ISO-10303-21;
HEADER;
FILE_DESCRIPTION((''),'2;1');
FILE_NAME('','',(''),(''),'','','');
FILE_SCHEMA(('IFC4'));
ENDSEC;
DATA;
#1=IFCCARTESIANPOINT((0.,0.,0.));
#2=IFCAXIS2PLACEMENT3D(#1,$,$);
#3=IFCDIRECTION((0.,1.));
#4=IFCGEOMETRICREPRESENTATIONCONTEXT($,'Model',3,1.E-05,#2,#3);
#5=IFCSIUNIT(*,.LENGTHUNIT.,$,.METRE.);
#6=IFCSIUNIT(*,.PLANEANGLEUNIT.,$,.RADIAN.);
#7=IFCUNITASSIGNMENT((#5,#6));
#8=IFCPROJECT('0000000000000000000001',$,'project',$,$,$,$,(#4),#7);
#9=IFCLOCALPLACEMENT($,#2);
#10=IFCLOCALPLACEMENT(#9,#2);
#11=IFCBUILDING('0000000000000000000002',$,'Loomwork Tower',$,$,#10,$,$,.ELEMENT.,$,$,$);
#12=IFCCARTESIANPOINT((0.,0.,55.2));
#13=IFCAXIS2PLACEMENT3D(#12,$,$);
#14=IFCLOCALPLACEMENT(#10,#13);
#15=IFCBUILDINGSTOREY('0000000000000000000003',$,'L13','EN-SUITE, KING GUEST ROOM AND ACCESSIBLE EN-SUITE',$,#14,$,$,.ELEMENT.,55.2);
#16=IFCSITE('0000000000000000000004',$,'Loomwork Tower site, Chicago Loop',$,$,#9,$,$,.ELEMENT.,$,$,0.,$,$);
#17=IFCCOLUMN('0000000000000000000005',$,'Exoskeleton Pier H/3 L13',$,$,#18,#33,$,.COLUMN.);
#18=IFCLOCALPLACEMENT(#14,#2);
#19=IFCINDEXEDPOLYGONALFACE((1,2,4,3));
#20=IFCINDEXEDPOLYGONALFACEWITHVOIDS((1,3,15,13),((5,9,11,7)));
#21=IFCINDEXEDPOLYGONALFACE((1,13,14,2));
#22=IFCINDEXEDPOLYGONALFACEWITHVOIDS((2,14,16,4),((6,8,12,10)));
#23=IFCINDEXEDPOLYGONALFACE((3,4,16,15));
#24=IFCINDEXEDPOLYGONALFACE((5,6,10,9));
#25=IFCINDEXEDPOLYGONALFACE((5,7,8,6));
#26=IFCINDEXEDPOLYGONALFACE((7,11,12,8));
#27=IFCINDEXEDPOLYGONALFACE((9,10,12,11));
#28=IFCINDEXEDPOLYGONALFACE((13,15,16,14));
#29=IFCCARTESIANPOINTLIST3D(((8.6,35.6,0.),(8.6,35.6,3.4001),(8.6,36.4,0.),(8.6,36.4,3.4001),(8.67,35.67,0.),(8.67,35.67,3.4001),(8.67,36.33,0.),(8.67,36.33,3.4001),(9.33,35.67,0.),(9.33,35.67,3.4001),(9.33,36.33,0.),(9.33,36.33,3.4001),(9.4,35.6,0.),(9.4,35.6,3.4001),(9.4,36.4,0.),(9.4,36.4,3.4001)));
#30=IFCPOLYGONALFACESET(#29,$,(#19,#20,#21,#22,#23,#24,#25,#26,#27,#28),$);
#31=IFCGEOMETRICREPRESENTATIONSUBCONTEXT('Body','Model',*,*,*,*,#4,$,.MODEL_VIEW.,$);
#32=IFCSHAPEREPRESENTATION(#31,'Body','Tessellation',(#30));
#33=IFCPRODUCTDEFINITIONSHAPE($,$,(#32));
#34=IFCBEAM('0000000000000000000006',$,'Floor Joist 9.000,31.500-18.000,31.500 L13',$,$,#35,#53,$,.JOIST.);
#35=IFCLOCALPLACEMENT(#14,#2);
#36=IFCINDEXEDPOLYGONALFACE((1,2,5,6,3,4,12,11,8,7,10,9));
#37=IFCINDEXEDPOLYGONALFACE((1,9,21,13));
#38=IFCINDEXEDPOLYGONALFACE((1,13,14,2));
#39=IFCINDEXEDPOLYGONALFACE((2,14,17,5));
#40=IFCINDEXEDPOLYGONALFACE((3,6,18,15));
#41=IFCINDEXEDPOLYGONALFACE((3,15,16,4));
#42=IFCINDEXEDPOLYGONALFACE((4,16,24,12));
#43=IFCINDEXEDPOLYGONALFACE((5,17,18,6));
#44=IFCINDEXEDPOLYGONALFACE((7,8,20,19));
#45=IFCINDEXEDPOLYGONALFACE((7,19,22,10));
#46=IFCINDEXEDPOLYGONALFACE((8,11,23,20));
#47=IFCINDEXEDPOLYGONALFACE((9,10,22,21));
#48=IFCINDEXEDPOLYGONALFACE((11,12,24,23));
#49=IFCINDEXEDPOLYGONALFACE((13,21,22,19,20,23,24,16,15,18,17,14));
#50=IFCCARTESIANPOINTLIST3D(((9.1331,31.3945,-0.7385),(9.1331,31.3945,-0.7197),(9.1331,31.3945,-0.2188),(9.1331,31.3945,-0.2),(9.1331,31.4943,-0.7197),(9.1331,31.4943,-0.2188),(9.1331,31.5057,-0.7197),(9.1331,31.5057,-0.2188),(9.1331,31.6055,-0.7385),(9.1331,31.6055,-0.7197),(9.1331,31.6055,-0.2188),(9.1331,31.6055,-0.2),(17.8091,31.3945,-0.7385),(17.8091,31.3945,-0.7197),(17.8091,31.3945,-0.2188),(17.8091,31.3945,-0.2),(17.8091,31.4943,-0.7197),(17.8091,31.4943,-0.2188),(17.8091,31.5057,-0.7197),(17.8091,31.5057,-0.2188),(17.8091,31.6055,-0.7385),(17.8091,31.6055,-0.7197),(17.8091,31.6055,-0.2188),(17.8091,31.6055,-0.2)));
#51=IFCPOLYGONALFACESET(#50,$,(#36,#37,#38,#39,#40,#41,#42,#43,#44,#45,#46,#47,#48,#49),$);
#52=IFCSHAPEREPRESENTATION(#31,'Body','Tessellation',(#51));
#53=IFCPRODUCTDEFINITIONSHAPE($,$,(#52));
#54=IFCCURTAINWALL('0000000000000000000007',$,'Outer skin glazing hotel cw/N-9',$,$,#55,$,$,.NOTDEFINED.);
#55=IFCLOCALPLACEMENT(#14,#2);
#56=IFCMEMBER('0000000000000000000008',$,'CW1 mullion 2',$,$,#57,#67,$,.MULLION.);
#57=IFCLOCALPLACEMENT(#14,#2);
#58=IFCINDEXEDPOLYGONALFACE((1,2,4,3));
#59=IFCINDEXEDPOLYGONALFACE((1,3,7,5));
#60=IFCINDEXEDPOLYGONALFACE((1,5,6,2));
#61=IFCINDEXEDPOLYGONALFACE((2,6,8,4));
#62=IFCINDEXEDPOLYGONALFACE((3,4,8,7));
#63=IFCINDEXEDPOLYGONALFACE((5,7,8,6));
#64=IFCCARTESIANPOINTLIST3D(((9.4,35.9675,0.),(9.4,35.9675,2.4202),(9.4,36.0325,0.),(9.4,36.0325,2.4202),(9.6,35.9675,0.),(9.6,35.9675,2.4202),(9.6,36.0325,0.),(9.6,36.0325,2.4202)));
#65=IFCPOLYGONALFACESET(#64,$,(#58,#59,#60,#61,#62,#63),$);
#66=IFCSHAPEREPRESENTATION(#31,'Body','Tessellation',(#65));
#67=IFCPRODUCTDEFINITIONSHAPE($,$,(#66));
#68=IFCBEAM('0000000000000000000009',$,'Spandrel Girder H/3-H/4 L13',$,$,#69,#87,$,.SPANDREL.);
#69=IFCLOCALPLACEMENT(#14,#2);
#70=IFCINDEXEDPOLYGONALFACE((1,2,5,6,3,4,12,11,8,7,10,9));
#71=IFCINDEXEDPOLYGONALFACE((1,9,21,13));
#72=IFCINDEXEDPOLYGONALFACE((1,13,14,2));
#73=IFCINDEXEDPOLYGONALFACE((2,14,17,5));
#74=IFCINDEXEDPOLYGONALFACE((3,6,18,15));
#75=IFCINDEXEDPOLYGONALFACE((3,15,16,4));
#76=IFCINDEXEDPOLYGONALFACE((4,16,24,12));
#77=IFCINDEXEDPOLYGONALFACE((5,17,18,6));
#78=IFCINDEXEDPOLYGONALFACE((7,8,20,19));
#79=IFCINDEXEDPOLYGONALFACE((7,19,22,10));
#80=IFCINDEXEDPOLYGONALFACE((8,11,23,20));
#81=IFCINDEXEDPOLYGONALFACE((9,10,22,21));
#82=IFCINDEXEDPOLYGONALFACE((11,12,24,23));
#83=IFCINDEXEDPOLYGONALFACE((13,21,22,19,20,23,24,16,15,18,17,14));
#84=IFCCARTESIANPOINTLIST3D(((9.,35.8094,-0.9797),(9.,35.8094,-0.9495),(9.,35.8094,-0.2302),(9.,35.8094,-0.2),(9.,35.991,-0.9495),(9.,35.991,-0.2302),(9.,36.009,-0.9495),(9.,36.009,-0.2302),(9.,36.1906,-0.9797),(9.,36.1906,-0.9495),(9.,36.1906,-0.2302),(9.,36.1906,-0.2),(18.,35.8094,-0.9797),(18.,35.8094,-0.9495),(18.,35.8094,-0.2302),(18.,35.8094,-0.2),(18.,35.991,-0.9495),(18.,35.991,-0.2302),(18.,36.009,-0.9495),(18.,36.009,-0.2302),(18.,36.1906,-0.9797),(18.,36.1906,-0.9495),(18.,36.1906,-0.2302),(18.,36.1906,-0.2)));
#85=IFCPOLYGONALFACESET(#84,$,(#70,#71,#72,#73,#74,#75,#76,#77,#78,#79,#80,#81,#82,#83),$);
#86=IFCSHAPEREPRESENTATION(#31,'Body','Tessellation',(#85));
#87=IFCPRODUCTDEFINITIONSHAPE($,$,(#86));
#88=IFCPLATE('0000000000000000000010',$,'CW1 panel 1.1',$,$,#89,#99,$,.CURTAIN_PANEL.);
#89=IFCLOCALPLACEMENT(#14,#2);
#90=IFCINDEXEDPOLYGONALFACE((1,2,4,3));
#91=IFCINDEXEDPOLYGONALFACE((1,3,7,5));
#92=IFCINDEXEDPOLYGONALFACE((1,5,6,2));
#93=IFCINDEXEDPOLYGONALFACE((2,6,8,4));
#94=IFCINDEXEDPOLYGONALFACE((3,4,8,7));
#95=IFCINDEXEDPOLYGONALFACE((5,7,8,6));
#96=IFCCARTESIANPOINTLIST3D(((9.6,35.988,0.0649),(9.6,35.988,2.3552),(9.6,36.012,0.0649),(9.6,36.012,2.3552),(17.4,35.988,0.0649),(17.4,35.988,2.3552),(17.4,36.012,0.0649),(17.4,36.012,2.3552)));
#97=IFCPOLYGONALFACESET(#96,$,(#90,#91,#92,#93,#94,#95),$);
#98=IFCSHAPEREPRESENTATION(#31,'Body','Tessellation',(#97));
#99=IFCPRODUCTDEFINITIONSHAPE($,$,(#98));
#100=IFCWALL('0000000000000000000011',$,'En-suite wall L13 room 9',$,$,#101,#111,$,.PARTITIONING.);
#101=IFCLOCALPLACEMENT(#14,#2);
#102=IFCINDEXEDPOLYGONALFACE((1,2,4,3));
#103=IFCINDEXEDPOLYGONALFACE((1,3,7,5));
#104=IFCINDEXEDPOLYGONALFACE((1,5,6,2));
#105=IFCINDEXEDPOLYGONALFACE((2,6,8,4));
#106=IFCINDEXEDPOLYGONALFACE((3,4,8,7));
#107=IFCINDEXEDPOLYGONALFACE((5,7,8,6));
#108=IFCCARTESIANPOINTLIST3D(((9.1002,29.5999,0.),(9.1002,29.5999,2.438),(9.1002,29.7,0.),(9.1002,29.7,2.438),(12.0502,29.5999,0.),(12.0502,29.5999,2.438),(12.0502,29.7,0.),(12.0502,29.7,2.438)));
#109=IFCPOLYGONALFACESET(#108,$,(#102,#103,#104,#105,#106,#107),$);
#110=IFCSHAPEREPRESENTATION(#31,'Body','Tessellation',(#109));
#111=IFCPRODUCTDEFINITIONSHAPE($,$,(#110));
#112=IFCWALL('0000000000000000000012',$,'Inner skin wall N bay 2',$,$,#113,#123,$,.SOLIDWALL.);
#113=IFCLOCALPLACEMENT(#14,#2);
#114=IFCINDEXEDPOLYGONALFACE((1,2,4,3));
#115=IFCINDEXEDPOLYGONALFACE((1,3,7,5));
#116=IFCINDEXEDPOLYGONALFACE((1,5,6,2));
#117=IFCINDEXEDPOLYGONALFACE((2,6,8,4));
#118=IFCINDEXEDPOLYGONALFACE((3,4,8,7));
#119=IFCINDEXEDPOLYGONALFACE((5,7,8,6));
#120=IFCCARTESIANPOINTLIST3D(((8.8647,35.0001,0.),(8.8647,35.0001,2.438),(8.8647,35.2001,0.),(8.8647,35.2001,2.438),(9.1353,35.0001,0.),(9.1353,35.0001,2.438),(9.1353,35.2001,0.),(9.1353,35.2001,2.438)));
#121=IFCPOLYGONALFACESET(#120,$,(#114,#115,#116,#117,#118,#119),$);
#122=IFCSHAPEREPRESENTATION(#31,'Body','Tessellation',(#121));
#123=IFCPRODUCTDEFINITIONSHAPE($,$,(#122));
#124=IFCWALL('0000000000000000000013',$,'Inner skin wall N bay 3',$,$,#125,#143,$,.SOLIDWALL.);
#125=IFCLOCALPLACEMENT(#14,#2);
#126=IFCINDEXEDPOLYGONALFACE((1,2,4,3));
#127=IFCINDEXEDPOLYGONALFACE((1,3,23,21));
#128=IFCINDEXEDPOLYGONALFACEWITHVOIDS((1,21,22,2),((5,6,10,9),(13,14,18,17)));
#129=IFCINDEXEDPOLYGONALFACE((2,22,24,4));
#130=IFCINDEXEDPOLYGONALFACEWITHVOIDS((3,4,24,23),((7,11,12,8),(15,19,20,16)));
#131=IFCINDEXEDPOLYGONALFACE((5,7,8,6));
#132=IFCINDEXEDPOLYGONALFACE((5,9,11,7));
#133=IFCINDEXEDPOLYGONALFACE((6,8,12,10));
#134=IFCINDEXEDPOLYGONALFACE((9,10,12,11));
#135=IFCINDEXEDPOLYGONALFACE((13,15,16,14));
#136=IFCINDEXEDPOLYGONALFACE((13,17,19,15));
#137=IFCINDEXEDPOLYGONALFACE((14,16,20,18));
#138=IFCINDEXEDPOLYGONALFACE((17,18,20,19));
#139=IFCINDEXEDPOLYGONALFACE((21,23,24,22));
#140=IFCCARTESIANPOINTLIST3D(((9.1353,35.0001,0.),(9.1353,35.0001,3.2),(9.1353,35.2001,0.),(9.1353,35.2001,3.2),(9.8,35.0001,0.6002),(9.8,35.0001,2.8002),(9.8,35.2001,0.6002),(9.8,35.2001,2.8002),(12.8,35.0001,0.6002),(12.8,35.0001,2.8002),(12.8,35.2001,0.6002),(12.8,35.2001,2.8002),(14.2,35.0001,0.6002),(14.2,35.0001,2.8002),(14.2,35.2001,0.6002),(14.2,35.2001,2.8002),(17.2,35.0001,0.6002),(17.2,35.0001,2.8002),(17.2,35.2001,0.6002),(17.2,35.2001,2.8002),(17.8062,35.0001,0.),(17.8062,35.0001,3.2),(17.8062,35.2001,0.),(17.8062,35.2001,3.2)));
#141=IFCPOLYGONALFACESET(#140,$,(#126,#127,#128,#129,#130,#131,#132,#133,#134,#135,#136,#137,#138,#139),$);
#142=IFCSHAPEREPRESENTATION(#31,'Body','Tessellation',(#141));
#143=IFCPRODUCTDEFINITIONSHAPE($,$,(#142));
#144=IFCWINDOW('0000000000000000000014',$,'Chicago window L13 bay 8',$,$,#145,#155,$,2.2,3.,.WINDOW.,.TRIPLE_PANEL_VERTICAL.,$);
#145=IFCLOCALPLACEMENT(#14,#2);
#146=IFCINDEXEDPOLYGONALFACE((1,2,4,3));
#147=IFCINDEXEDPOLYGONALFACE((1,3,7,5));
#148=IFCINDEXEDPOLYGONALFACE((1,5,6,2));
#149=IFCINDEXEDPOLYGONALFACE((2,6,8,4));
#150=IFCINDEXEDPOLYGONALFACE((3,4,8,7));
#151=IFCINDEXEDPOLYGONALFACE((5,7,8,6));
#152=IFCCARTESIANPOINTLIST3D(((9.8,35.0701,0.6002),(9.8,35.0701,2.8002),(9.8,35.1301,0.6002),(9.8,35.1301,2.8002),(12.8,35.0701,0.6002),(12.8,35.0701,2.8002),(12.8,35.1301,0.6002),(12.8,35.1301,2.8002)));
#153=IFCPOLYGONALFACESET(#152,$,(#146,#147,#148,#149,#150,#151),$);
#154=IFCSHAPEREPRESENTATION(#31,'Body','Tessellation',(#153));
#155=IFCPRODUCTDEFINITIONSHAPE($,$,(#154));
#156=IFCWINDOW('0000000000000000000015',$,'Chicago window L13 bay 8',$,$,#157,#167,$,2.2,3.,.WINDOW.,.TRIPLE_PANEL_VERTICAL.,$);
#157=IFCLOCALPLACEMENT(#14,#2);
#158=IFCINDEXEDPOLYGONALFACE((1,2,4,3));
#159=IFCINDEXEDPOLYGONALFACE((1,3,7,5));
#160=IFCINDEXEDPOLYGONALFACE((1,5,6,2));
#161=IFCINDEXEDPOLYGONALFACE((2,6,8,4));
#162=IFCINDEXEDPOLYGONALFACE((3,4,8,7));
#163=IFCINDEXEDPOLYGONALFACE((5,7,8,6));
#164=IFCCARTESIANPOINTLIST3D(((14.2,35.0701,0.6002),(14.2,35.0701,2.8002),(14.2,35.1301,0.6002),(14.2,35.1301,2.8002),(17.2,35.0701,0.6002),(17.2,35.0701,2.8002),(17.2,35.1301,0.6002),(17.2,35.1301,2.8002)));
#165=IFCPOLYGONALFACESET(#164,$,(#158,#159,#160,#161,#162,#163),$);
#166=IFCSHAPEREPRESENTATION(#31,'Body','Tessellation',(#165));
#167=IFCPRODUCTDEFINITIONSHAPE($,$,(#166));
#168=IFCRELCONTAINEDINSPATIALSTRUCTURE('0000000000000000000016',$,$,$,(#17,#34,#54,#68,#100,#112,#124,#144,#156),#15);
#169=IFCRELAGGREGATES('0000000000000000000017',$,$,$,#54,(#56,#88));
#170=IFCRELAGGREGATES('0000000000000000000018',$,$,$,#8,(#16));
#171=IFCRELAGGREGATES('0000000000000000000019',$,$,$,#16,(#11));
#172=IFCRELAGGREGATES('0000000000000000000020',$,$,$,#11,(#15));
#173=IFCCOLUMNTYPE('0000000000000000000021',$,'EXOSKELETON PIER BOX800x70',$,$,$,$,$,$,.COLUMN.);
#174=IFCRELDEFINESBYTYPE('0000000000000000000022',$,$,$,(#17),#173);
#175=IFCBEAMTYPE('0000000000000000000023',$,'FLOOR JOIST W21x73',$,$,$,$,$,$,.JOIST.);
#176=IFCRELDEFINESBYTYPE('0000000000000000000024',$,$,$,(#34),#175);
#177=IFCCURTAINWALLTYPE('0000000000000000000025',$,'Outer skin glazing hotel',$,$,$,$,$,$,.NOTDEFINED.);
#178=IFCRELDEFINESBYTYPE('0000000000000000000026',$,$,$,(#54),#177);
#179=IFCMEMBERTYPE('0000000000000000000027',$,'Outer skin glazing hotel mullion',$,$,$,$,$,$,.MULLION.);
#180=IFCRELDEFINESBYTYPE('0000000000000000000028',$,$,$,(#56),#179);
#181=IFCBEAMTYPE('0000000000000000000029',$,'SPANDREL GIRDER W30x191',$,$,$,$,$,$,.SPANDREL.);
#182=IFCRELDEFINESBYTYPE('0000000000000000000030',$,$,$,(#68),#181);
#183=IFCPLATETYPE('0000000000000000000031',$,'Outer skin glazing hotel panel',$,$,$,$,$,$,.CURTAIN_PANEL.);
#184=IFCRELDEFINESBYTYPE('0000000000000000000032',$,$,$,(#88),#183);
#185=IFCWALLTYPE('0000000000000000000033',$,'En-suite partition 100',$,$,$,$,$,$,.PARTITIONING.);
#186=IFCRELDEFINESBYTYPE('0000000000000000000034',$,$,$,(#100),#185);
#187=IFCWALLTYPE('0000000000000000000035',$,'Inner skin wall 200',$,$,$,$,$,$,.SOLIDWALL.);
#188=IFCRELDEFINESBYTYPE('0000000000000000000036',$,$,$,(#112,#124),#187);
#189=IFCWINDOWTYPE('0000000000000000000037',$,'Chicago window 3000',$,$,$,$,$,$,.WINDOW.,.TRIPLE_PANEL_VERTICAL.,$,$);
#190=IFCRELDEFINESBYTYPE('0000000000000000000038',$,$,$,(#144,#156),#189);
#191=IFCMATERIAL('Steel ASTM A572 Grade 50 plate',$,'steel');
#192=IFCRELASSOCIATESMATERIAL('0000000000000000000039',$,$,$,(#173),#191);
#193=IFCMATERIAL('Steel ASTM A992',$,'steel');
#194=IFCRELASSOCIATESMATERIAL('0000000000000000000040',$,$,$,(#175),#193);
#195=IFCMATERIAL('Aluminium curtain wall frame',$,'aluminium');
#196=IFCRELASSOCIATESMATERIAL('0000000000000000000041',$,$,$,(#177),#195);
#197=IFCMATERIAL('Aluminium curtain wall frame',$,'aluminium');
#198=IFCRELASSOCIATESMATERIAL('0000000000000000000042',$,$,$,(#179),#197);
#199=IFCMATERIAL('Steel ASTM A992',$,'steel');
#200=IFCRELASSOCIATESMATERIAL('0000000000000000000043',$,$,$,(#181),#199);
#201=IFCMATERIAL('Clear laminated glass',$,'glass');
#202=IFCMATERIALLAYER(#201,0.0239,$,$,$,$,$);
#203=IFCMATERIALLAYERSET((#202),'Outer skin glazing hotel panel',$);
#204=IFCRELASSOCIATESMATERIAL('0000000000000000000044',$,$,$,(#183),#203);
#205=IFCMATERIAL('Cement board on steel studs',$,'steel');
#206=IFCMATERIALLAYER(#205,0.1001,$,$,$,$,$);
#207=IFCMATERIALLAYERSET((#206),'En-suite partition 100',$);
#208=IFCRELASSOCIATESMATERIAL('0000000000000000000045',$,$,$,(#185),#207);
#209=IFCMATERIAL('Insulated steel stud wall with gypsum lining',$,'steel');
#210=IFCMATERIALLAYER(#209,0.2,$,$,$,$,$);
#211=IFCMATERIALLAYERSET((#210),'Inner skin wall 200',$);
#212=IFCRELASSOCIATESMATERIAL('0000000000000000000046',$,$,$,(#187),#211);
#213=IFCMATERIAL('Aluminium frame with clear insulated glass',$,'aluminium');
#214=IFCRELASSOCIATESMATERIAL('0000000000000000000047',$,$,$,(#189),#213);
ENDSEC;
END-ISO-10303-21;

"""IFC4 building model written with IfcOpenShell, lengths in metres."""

from ifc_helpers import new_model, si_unit, direction, frame, frame_2d, origin, origin_2d, place, context, subcontext, project, spatial, rectangle, hollow_rectangle, i_section, extrude, material, layer, layer_set, material_profile, profile_set, type_object, element, fill, aggregate, save


model = new_model("IFC4")

# Units and contexts
model_context = context("Model", 3, precision=1e-05, world=origin(), true_north=direction((0.0, 1.0)))
body_context = subcontext(model_context, "Body", "Model", "MODEL_VIEW")
ifc_project = project(units=[si_unit("LENGTHUNIT", "METRE"), si_unit("PLANEANGLEUNIT", "RADIAN")], contexts=[model_context])

# Site, building, storey
site_placement = place(None, origin())
site = spatial("IfcSite", under=ifc_project, at=site_placement, Name="Loomwork Tower site, Chicago Loop", CompositionType="ELEMENT", RefElevation=0.0)
building_placement = place(site_placement, origin())
building = spatial("IfcBuilding", under=site, at=building_placement, Name="Loomwork Tower", CompositionType="ELEMENT")
storey_placement = place(building_placement, frame((0.0, 0.0, 55.2)))
storey = spatial("IfcBuildingStorey", under=building, at=storey_placement, Name="L13", Description="EN-SUITE, KING GUEST ROOM AND ACCESSIBLE EN-SUITE", CompositionType="ELEMENT", Elevation=55.2)

# Column
ifc_material_1 = material(Name="Steel ASTM A572 Grade 50 plate", Category="steel")
ifc_material_profile_1 = material_profile(ifc_material_1, hollow_rectangle(XDim=0.8, YDim=0.8, WallThickness=0.0701, at=origin_2d()), Name="BOX800x70")
ifc_profile_set_1 = profile_set([ifc_material_profile_1], Name="Steel ASTM A572 Grade 50 plate")
column_type = type_object("IfcColumnType", Name="EXOSKELETON PIER BOX800x70", PredefinedType="COLUMN", material=ifc_profile_set_1)
column_placement = place(storey_placement, frame((9.0, 36.0, 0.0), z_axis=(0.0, 0.0, 1.0), x_axis=(1.0, 0.0, 0.0)))
element("IfcColumn", 1, at=column_placement, inside=storey, type_object=column_type, Name="Exoskeleton Pier H/3 L13", PredefinedType="COLUMN", context=body_context, shape_type="SweptSolid", body=[
    extrude(hollow_rectangle(XDim=0.8, YDim=0.8, WallThickness=0.0701, at=origin_2d()), origin(), (0.0, 0.0, 1.0), 3.4001),
])

# Beam
ifc_material_2 = material(Name="Steel ASTM A992", Category="steel")
ifc_material_profile_2 = material_profile(ifc_material_2, i_section(OverallWidth=0.2109, OverallDepth=0.5386, WebThickness=0.0115, FlangeThickness=0.0188, at=origin_2d()), Name="W21x73")
ifc_profile_set_2 = profile_set([ifc_material_profile_2], Name="Steel ASTM A992")
beam_type_1 = type_object("IfcBeamType", Name="FLOOR JOIST W21x73", PredefinedType="JOIST", material=ifc_profile_set_2)
beam_1_placement = place(storey_placement, frame((9.1331, 31.5, -0.4692), z_axis=(1.0, 0.0, 0.0), x_axis=(0.0, 1.0, 0.0)))
element("IfcBeam", 2, at=beam_1_placement, inside=storey, type_object=beam_type_1, Name="Floor Joist 9.000,31.500-18.000,31.500 L13", PredefinedType="JOIST", context=body_context, shape_type="SweptSolid", body=[
    extrude(i_section(OverallWidth=0.2109, OverallDepth=0.5386, WebThickness=0.0115, FlangeThickness=0.0188, at=origin_2d()), origin(), (0.0, 0.0, 1.0), 8.676),
])

# Curtain wall, member
ifc_material_3 = material(Name="Aluminium curtain wall frame", Category="aluminium")
curtain_wall_type = type_object("IfcCurtainWallType", Name="Outer skin glazing hotel", PredefinedType="NOTDEFINED", material=ifc_material_3)
curtain_wall_placement = place(storey_placement, origin())
curtain_wall = element("IfcCurtainWall", 3, at=curtain_wall_placement, inside=storey, type_object=curtain_wall_type, Name="Outer skin glazing hotel cw/N-9", PredefinedType="NOTDEFINED")
ifc_material_4 = material(Name="Aluminium curtain wall frame", Category="aluminium")
ifc_material_profile_3 = material_profile(ifc_material_4, rectangle(XDim=0.0649, YDim=0.2, at=origin_2d()), Name="AL 65x200")
ifc_profile_set_3 = profile_set([ifc_material_profile_3], Name="Aluminium curtain wall frame")
member_type = type_object("IfcMemberType", Name="Outer skin glazing hotel mullion", PredefinedType="MULLION", material=ifc_profile_set_3)
member_placement = place(storey_placement, frame((9.5, 36.0, 0.0), z_axis=(0.0, 0.0, 1.0), x_axis=(0.0, -1.0, 0.0)))
member = element("IfcMember", 4, at=member_placement, type_object=member_type, Name="CW1 mullion 2", PredefinedType="MULLION", context=body_context, shape_type="SweptSolid", body=[
    extrude(rectangle(XDim=0.0649, YDim=0.2, at=origin_2d()), origin(), (0.0, 0.0, 1.0), 2.4202),
])

# Beam
ifc_material_5 = material(Name="Steel ASTM A992", Category="steel")
ifc_material_profile_4 = material_profile(ifc_material_5, i_section(OverallWidth=0.3811, OverallDepth=0.7798, WebThickness=0.0181, FlangeThickness=0.0303, at=origin_2d()), Name="W30x191")
ifc_profile_set_4 = profile_set([ifc_material_profile_4], Name="Steel ASTM A992")
beam_type_2 = type_object("IfcBeamType", Name="SPANDREL GIRDER W30x191", PredefinedType="SPANDREL", material=ifc_profile_set_4)
beam_2_placement = place(storey_placement, frame((9.0, 36.0, -0.5898), z_axis=(1.0, 0.0, 0.0), x_axis=(0.0, 1.0, 0.0)))
element("IfcBeam", 5, at=beam_2_placement, inside=storey, type_object=beam_type_2, Name="Spandrel Girder H/3-H/4 L13", PredefinedType="SPANDREL", context=body_context, shape_type="SweptSolid", body=[
    extrude(i_section(OverallWidth=0.3811, OverallDepth=0.7798, WebThickness=0.0181, FlangeThickness=0.0303, at=origin_2d()), origin(), (0.0, 0.0, 1.0), 9.0),
])

# Plate
ifc_material_6 = material(Name="Clear laminated glass", Category="glass")
ifc_layer_1 = layer(ifc_material_6, 0.0239)
ifc_layer_set_1 = layer_set([ifc_layer_1], Name="Outer skin glazing hotel panel")
plate_type = type_object("IfcPlateType", Name="Outer skin glazing hotel panel", PredefinedType="CURTAIN_PANEL", material=ifc_layer_set_1)
plate_placement = place(storey_placement, frame((13.5, 36.0, 0.0649), z_axis=(0.0, 0.0, 1.0), x_axis=(-1.0, 0.0, 0.0)))
plate = element("IfcPlate", 6, at=plate_placement, type_object=plate_type, Name="CW1 panel 1.1", PredefinedType="CURTAIN_PANEL", context=body_context, shape_type="SweptSolid", body=[
    extrude(rectangle(XDim=7.8, YDim=0.0239, at=origin_2d()), origin(), (0.0, 0.0, 1.0), 2.2903),
])
aggregate(curtain_wall, [member, plate])

# Walls
ifc_material_7 = material(Name="Cement board on steel studs", Category="steel")
ifc_layer_2 = layer(ifc_material_7, 0.1001)
ifc_layer_set_2 = layer_set([ifc_layer_2], Name="En-suite partition 100")
wall_type_1 = type_object("IfcWallType", Name="En-suite partition 100", PredefinedType="PARTITIONING", material=ifc_layer_set_2)
wall_1_placement = place(storey_placement, frame((9.1001, 29.6499, 0.0), z_axis=(0.0, 0.0, 1.0), x_axis=(1.0, 0.0, 0.0)))
element("IfcWall", 7, at=wall_1_placement, inside=storey, type_object=wall_type_1, Name="En-suite wall L13 room 9", PredefinedType="PARTITIONING", context=body_context, shape_type="SweptSolid", body=[
    extrude(rectangle(XDim=2.95, YDim=0.1001, at=frame_2d((1.4751, 0.0))), origin(), (0.0, 0.0, 1.0), 2.438),
])
ifc_material_8 = material(Name="Insulated steel stud wall with gypsum lining", Category="steel")
ifc_layer_3 = layer(ifc_material_8, 0.2)
ifc_layer_set_3 = layer_set([ifc_layer_3], Name="Inner skin wall 200")
wall_type_2 = type_object("IfcWallType", Name="Inner skin wall 200", PredefinedType="SOLIDWALL", material=ifc_layer_set_3)
wall_2_placement = place(storey_placement, frame((8.8647, 35.1001, 0.0), z_axis=(0.0, 0.0, 1.0), x_axis=(1.0, 0.0, 0.0)))
element("IfcWall", 8, at=wall_2_placement, inside=storey, type_object=wall_type_2, Name="Inner skin wall N bay 2", PredefinedType="SOLIDWALL", context=body_context, shape_type="SweptSolid", body=[
    extrude(rectangle(XDim=0.2705, YDim=0.2, at=frame_2d((0.1353, 0.0))), origin(), (0.0, 0.0, 1.0), 2.438),
])

# Wall, openings, windows
wall_3_placement = place(storey_placement, frame((9.1353, 35.1001, 0.0), z_axis=(0.0, 0.0, 1.0), x_axis=(1.0, 0.0, 0.0)))
wall_3 = element("IfcWall", 9, at=wall_3_placement, inside=storey, type_object=wall_type_2, Name="Inner skin wall N bay 3", PredefinedType="SOLIDWALL", context=body_context, shape_type="SweptSolid", body=[
    extrude(rectangle(XDim=8.6709, YDim=0.2, at=frame_2d((4.3354, 0.0))), origin(), (0.0, 0.0, 1.0), 3.2),
])
opening_1_placement = place(wall_3_placement, frame((0.6648, 0.0, 0.6001)))
opening_1 = element("IfcOpeningElement", 10, at=opening_1_placement, cuts=wall_3, PredefinedType="OPENING", context=body_context, shape_type="SweptSolid", body=[
    extrude(rectangle(XDim=3.0, YDim=2.2, at=frame_2d((1.5, 1.1001))), frame((0.0, 0.1099, 0.0), z_axis=(0.0, -1.0, 0.0), x_axis=(1.0, 0.0, 0.0)), (0.0, 0.0, 1.0), 0.22),
])
opening_2_placement = place(wall_3_placement, frame((5.0647, 0.0, 0.6001)))
opening_2 = element("IfcOpeningElement", 11, at=opening_2_placement, cuts=wall_3, PredefinedType="OPENING", context=body_context, shape_type="SweptSolid", body=[
    extrude(rectangle(XDim=3.0, YDim=2.2, at=frame_2d((1.5, 1.1001))), frame((0.0, 0.1099, 0.0), z_axis=(0.0, -1.0, 0.0), x_axis=(1.0, 0.0, 0.0)), (0.0, 0.0, 1.0), 0.22),
])
ifc_material_9 = material(Name="Aluminium frame with clear insulated glass", Category="aluminium")
window_type = type_object("IfcWindowType", Name="Chicago window 3000", PartitioningType="TRIPLE_PANEL_VERTICAL", PredefinedType="WINDOW", material=ifc_material_9)
window_1_placement = place(opening_1_placement, origin())
window_1 = element("IfcWindow", 12, at=window_1_placement, inside=storey, type_object=window_type, Name="Chicago window L13 bay 8", OverallHeight=2.2, OverallWidth=3.0, PartitioningType="TRIPLE_PANEL_VERTICAL", PredefinedType="WINDOW", context=body_context, shape_type="SweptSolid", body=[
    extrude(rectangle(XDim=3.0, YDim=2.2, at=frame_2d((1.5, 1.1001))), frame((0.0, 0.03, 0.0), z_axis=(0.0, -1.0, 0.0), x_axis=(1.0, 0.0, 0.0)), (0.0, 0.0, 1.0), 0.0601),
])
fill(opening_1, window_1)
window_2_placement = place(opening_2_placement, origin())
window_2 = element("IfcWindow", 13, at=window_2_placement, inside=storey, type_object=window_type, Name="Chicago window L13 bay 8", OverallHeight=2.2, OverallWidth=3.0, PartitioningType="TRIPLE_PANEL_VERTICAL", PredefinedType="WINDOW", context=body_context, shape_type="SweptSolid", body=[
    extrude(rectangle(XDim=3.0, YDim=2.2, at=frame_2d((1.5, 1.1001))), frame((0.0, 0.03, 0.0), z_axis=(0.0, -1.0, 0.0), x_axis=(1.0, 0.0, 0.0)), (0.0, 0.0, 1.0), 0.0601),
])
fill(opening_2, window_2)

save(model, "model.ifc")
